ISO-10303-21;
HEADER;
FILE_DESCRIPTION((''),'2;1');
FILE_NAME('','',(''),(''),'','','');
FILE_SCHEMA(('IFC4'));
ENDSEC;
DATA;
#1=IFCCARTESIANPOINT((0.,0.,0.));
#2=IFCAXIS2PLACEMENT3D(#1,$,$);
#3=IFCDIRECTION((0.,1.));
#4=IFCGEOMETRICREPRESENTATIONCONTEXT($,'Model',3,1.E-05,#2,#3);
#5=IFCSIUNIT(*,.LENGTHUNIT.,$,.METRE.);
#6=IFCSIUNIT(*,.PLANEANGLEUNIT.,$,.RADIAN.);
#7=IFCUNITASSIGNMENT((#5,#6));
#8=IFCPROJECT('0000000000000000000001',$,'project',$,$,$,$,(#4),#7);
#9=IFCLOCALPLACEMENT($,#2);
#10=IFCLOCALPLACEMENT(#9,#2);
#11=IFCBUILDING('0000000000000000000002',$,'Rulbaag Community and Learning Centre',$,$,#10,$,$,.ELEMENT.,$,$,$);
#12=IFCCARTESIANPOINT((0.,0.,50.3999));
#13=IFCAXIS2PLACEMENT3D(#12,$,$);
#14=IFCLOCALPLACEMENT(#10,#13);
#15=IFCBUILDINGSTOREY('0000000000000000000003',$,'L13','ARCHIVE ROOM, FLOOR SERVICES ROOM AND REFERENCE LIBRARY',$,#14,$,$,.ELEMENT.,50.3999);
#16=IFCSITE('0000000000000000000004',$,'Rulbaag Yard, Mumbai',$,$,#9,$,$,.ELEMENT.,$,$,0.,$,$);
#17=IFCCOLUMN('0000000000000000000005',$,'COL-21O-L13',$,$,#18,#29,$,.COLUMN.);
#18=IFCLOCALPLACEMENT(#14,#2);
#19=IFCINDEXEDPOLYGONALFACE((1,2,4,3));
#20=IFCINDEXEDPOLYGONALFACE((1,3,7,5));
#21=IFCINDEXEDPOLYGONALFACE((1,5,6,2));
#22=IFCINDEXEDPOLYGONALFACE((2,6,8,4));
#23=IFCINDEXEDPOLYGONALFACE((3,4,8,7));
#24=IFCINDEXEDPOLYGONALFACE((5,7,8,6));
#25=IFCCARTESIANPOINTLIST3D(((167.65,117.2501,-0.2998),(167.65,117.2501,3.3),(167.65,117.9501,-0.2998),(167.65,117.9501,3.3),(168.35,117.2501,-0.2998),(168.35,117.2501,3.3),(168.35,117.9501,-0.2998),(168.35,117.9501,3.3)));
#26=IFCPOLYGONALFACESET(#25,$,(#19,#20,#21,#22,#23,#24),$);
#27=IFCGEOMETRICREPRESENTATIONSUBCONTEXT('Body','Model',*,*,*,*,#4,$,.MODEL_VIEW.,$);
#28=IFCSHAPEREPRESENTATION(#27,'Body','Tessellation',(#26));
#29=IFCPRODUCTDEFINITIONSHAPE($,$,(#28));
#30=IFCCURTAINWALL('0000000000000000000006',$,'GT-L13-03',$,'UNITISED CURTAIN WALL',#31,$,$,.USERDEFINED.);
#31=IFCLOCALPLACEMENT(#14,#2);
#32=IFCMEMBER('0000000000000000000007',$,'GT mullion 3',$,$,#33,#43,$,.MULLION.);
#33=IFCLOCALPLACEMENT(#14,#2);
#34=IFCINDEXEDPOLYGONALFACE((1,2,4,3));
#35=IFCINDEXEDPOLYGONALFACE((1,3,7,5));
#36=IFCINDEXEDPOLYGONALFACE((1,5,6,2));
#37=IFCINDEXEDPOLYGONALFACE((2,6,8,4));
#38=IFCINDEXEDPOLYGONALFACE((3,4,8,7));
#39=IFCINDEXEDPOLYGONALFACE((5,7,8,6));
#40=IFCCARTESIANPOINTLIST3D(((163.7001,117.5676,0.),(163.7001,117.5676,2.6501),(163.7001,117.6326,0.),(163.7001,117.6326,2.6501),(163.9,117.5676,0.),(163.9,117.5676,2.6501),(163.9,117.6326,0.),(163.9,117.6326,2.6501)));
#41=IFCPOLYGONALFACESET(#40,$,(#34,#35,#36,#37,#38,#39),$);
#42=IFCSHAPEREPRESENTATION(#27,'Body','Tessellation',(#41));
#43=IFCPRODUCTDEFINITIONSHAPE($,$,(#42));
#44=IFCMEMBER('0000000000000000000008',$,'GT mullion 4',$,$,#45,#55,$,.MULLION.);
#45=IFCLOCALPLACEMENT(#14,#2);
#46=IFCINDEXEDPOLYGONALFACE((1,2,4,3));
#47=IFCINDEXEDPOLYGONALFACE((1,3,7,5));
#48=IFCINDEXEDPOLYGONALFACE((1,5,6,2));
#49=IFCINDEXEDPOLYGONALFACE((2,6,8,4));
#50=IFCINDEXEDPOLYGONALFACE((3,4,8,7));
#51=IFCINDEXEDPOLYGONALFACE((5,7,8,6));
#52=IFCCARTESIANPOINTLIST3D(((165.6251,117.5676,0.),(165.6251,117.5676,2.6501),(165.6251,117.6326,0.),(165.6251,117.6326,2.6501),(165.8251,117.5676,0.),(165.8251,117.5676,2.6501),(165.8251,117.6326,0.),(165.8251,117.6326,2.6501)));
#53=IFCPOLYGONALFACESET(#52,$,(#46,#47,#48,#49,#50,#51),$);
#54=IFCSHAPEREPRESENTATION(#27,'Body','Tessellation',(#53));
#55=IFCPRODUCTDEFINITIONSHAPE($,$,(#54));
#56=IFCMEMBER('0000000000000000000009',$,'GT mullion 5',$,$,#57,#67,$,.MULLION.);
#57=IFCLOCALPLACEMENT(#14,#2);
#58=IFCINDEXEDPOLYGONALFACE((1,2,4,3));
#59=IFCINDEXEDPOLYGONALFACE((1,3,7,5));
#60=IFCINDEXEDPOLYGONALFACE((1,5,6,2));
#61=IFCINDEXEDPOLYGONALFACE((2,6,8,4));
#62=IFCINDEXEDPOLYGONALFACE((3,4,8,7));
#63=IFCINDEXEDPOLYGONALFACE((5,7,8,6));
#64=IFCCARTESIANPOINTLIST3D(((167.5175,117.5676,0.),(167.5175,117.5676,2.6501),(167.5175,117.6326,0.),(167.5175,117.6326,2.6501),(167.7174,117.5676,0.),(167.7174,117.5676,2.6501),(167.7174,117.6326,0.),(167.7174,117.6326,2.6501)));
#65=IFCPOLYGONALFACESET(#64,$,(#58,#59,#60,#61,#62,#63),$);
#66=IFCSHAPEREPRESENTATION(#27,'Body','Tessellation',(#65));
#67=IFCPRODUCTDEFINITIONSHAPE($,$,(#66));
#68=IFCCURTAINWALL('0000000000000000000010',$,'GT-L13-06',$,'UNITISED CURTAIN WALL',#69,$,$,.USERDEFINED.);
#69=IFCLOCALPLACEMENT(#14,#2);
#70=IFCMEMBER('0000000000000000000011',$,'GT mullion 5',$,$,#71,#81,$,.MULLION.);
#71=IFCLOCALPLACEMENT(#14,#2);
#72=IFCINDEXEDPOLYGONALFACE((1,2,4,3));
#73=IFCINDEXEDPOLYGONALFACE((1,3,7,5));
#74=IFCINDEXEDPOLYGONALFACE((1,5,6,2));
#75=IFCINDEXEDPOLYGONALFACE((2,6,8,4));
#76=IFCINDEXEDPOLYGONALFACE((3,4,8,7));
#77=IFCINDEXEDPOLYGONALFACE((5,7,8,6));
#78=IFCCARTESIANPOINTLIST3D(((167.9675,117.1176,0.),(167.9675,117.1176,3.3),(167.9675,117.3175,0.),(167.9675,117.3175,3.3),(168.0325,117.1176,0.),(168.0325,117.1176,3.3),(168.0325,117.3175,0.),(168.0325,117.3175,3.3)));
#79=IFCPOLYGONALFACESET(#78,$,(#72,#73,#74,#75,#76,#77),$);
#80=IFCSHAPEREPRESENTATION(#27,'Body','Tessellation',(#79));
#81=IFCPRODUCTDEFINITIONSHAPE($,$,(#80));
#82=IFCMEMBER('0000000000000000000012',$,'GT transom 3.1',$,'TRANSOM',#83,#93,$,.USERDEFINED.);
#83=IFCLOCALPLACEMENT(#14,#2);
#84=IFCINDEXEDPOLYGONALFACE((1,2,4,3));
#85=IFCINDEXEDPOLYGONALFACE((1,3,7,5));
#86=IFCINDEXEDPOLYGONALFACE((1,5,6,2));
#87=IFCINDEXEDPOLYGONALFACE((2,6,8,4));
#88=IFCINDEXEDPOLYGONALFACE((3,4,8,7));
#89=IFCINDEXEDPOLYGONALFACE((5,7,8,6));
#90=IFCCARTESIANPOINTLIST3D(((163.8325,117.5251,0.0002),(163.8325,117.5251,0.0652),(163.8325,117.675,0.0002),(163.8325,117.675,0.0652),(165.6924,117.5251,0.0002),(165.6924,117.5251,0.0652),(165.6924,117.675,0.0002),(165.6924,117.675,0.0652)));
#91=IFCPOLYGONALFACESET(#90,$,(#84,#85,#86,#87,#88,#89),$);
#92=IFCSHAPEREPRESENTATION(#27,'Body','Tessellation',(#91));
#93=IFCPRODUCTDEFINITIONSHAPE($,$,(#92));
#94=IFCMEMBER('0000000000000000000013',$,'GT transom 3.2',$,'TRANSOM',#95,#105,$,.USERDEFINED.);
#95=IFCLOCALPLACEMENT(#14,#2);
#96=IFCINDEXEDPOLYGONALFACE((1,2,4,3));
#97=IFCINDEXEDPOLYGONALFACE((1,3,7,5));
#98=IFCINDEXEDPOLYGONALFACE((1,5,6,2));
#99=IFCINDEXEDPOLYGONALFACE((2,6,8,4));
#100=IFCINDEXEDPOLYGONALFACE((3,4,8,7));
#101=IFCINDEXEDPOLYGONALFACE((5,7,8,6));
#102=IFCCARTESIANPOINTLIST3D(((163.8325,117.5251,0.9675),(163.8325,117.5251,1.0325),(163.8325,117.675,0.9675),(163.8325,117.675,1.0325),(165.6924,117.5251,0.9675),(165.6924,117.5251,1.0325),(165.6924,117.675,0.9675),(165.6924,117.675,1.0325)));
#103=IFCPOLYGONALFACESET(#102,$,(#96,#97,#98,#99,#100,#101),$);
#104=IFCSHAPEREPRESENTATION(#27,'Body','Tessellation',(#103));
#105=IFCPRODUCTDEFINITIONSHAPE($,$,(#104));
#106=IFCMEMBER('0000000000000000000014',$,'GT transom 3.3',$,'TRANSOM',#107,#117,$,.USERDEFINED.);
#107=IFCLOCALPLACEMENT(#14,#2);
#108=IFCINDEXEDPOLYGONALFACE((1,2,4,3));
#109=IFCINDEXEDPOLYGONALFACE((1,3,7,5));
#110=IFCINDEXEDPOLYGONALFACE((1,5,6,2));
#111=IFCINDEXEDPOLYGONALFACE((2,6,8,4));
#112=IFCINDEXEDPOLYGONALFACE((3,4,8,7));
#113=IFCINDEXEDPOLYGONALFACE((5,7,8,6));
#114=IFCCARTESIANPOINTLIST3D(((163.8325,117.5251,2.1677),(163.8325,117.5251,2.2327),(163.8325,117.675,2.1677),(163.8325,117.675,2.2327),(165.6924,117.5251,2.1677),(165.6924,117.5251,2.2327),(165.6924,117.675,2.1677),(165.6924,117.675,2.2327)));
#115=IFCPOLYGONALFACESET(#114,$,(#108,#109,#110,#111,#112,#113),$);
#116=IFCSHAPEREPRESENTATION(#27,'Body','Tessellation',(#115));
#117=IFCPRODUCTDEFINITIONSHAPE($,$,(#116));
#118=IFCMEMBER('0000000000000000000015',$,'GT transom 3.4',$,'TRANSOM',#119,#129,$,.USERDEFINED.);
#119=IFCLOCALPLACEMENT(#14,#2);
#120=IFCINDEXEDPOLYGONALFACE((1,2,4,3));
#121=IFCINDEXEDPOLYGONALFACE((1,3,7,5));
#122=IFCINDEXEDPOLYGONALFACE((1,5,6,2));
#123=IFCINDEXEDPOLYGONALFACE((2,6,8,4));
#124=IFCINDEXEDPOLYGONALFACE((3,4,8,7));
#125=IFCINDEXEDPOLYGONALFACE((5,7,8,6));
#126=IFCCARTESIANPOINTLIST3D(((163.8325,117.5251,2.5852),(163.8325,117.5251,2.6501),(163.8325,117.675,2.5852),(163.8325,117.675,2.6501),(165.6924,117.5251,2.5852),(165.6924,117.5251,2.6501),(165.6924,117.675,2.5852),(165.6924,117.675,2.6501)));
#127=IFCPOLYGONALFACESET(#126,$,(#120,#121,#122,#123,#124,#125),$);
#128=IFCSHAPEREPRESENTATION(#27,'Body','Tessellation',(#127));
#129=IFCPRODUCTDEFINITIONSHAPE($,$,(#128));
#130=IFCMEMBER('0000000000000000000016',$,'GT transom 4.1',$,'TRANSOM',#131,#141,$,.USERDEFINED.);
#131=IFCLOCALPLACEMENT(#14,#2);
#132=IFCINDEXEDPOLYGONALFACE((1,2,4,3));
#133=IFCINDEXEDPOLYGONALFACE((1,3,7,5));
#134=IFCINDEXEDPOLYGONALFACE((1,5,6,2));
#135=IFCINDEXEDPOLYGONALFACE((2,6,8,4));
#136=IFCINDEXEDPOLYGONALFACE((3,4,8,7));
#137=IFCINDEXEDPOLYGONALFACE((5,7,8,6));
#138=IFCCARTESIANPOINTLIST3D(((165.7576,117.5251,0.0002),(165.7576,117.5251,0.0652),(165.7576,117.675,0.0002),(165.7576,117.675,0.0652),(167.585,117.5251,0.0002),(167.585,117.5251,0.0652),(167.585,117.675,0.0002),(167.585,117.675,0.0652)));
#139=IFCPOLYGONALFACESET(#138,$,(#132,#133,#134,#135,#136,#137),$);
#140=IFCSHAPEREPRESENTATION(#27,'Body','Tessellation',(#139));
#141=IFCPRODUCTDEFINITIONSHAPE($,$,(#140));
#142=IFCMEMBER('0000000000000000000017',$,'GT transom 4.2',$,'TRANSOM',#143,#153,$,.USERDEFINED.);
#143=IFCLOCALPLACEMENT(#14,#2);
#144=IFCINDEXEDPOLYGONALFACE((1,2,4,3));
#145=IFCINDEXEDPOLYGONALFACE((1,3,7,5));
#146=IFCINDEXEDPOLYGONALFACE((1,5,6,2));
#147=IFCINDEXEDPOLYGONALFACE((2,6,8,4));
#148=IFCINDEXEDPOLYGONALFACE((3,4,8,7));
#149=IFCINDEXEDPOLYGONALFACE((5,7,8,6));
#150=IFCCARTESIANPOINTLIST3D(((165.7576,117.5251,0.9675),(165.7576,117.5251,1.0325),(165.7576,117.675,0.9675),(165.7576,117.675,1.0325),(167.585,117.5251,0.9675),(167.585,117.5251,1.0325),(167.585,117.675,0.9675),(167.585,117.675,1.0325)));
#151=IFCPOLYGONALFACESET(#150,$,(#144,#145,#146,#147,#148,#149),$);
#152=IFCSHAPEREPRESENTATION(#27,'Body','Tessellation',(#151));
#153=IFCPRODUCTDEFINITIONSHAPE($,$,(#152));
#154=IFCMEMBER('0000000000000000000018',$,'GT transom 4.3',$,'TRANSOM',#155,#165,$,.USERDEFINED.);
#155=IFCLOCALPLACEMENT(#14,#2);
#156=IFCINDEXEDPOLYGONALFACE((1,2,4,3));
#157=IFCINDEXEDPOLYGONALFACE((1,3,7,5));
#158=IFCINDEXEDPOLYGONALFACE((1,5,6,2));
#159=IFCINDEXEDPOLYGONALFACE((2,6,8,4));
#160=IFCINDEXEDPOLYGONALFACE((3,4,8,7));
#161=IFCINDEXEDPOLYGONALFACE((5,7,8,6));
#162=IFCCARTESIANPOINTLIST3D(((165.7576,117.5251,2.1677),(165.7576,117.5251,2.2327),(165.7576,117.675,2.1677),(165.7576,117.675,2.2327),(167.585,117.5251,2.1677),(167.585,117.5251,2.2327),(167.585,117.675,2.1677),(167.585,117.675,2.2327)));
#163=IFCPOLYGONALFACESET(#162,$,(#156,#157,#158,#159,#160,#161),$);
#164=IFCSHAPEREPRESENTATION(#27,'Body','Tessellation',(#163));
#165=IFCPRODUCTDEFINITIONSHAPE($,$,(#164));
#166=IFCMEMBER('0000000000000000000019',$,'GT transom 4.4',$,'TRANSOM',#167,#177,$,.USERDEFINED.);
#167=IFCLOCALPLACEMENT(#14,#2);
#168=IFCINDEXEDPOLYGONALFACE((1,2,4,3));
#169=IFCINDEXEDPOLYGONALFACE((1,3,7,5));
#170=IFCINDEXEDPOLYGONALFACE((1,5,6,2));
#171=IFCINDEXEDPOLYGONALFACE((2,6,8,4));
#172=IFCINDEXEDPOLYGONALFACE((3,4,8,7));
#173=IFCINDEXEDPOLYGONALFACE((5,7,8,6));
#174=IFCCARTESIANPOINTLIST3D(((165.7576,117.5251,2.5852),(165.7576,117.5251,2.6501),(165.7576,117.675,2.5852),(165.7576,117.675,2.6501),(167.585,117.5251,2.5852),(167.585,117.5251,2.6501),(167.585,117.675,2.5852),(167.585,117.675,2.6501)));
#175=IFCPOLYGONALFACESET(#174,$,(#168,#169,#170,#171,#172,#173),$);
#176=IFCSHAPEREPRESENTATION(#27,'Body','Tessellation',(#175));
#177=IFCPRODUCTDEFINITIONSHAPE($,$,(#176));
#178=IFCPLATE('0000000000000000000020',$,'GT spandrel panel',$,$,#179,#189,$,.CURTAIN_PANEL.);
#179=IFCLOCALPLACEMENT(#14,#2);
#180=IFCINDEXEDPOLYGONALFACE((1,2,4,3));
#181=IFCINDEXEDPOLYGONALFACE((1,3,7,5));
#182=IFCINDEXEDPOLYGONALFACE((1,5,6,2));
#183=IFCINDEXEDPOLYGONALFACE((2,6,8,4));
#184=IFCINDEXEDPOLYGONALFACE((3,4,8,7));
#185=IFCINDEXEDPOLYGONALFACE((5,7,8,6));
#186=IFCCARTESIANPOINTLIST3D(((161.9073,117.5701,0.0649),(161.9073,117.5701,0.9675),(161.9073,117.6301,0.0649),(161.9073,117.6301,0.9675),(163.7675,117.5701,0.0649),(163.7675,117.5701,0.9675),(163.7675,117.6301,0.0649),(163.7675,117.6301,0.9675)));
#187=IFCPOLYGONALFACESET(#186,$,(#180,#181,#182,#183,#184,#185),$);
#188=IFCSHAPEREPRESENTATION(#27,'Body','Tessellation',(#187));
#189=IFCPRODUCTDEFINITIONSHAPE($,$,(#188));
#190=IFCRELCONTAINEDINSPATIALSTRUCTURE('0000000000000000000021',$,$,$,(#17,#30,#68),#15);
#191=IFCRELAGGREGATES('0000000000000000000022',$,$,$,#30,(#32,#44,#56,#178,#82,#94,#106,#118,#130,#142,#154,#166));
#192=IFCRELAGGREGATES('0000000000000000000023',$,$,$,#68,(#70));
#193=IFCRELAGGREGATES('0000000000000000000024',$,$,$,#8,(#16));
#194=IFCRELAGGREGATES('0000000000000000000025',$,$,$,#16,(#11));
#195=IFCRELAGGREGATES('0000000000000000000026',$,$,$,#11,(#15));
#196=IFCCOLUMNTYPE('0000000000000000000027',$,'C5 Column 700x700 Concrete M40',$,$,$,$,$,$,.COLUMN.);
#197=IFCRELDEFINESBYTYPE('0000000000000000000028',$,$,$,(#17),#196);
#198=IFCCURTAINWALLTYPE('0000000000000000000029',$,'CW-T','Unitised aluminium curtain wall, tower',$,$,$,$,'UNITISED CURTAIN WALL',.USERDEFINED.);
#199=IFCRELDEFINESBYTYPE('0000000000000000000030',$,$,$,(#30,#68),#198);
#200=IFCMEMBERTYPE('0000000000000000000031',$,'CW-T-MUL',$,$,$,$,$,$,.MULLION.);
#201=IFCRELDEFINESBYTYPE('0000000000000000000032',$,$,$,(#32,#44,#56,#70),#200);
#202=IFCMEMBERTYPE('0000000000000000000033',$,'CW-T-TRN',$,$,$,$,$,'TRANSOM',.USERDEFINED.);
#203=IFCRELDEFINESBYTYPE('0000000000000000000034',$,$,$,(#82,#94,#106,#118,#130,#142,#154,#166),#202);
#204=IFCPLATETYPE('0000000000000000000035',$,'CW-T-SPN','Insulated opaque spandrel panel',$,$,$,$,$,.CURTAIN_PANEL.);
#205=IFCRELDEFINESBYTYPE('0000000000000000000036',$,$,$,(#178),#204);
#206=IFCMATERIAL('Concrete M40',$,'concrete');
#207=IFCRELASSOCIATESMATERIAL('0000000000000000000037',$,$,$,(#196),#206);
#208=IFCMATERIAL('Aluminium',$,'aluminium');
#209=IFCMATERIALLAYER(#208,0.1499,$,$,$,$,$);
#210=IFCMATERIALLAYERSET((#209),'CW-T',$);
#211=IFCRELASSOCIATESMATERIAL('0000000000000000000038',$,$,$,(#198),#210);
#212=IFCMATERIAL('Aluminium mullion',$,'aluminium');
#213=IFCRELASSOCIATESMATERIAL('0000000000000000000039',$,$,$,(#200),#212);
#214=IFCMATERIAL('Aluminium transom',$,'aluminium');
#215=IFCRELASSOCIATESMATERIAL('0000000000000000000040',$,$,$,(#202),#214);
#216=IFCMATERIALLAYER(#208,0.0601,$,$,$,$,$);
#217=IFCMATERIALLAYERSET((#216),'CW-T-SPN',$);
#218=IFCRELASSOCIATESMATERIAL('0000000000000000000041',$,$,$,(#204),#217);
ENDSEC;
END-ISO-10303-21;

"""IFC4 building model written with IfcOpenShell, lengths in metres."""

from ifc_helpers import new_model, si_unit, direction, frame, origin, origin_2d, place, context, subcontext, project, spatial, rectangle, extrude, material, layer, layer_set, material_profile, profile_set, type_object, element, aggregate, save


model = new_model("IFC4")

# Units and contexts
model_context = context("Model", 3, precision=1e-05, world=origin(), true_north=direction((0.0, 1.0)))
body_context = subcontext(model_context, "Body", "Model", "MODEL_VIEW")
ifc_project = project(units=[si_unit("LENGTHUNIT", "METRE"), si_unit("PLANEANGLEUNIT", "RADIAN")], contexts=[model_context])

# Site, building, storey
site_placement = place(None, origin())
site = spatial("IfcSite", under=ifc_project, at=site_placement, Name="Rulbaag Yard, Mumbai", CompositionType="ELEMENT", RefElevation=0.0)
building_placement = place(site_placement, origin())
building = spatial("IfcBuilding", under=site, at=building_placement, Name="Rulbaag Community and Learning Centre", CompositionType="ELEMENT")
storey_placement = place(building_placement, frame((0.0, 0.0, 50.3999)))
storey = spatial("IfcBuildingStorey", under=building, at=storey_placement, Name="L13", Description="ARCHIVE ROOM, FLOOR SERVICES ROOM AND REFERENCE LIBRARY", CompositionType="ELEMENT", Elevation=50.3999)

# Column
ifc_material_1 = material(Name="Concrete M40", Category="concrete")
ifc_material_profile_1 = material_profile(ifc_material_1, rectangle(XDim=0.7, YDim=0.7, at=origin_2d()), Name="RC700x700")
ifc_profile_set_1 = profile_set([ifc_material_profile_1], Name="Concrete M40")
column_type = type_object("IfcColumnType", Name="C5 Column 700x700 Concrete M40", PredefinedType="COLUMN", material=ifc_profile_set_1)
column_placement = place(storey_placement, frame((168.0, 117.6001, -0.2998), z_axis=(0.0, 0.0, 1.0), x_axis=(1.0, 0.0, 0.0)))
element("IfcColumn", 1, at=column_placement, inside=storey, type_object=column_type, Name="COL-21O-L13", PredefinedType="COLUMN", context=body_context, shape_type="SweptSolid", body=[
    extrude(rectangle(XDim=0.7, YDim=0.7, at=origin_2d()), origin(), (0.0, 0.0, 1.0), 3.5999),
])

# Curtain wall, members
ifc_material_2 = material(Name="Aluminium", Category="aluminium")
ifc_layer_1 = layer(ifc_material_2, 0.1499)
ifc_layer_set_1 = layer_set([ifc_layer_1], Name="CW-T")
curtain_wall_type = type_object("IfcCurtainWallType", Name="CW-T", Description="Unitised aluminium curtain wall, tower", ElementType="UNITISED CURTAIN WALL", PredefinedType="USERDEFINED", material=ifc_layer_set_1)
curtain_wall_1_placement = place(storey_placement, origin())
curtain_wall_1 = element("IfcCurtainWall", 2, at=curtain_wall_1_placement, inside=storey, type_object=curtain_wall_type, Name="GT-L13-03", ObjectType="UNITISED CURTAIN WALL", PredefinedType="USERDEFINED")
ifc_material_3 = material(Name="Aluminium mullion", Category="aluminium")
ifc_material_profile_2 = material_profile(ifc_material_3, rectangle(XDim=0.0649, YDim=0.2, at=origin_2d()), Name="AL 65x200")
ifc_profile_set_2 = profile_set([ifc_material_profile_2], Name="Aluminium mullion")
member_type_1 = type_object("IfcMemberType", Name="CW-T-MUL", PredefinedType="MULLION", material=ifc_profile_set_2)
member_1_placement = place(storey_placement, frame((163.8, 117.6001, 0.0), z_axis=(0.0, 0.0, 1.0), x_axis=(0.0, 1.0, 0.0)))
member_1 = element("IfcMember", 3, at=member_1_placement, type_object=member_type_1, Name="GT mullion 3", PredefinedType="MULLION", context=body_context, shape_type="SweptSolid", body=[
    extrude(rectangle(XDim=0.0649, YDim=0.2, at=origin_2d()), origin(), (0.0, 0.0, 1.0), 2.6501),
])
member_2_placement = place(storey_placement, frame((165.7251, 117.6001, 0.0), z_axis=(0.0, 0.0, 1.0), x_axis=(0.0, 1.0, 0.0)))
member_2 = element("IfcMember", 4, at=member_2_placement, type_object=member_type_1, Name="GT mullion 4", PredefinedType="MULLION", context=body_context, shape_type="SweptSolid", body=[
    extrude(rectangle(XDim=0.0649, YDim=0.2, at=origin_2d()), origin(), (0.0, 0.0, 1.0), 2.6501),
])
member_3_placement = place(storey_placement, frame((167.6174, 117.6001, 0.0), z_axis=(0.0, 0.0, 1.0), x_axis=(0.0, 1.0, 0.0)))
member_3 = element("IfcMember", 5, at=member_3_placement, type_object=member_type_1, Name="GT mullion 5", PredefinedType="MULLION", context=body_context, shape_type="SweptSolid", body=[
    extrude(rectangle(XDim=0.0649, YDim=0.2, at=origin_2d()), origin(), (0.0, 0.0, 1.0), 2.6501),
])

# Curtain wall, member
curtain_wall_2_placement = place(storey_placement, origin())
curtain_wall_2 = element("IfcCurtainWall", 6, at=curtain_wall_2_placement, inside=storey, type_object=curtain_wall_type, Name="GT-L13-06", ObjectType="UNITISED CURTAIN WALL", PredefinedType="USERDEFINED")
member_4_placement = place(storey_placement, frame((168.0, 117.2175, 0.0), z_axis=(0.0, 0.0, 1.0), x_axis=(-1.0, 0.0, 0.0)))
member_4 = element("IfcMember", 7, at=member_4_placement, type_object=member_type_1, Name="GT mullion 5", PredefinedType="MULLION", context=body_context, shape_type="SweptSolid", body=[
    extrude(rectangle(XDim=0.0649, YDim=0.2, at=origin_2d()), origin(), (0.0, 0.0, 1.0), 3.3),
])

# Members
ifc_material_4 = material(Name="Aluminium transom", Category="aluminium")
ifc_material_profile_3 = material_profile(ifc_material_4, rectangle(XDim=0.1499, YDim=0.0649, at=origin_2d()), Name="AL 65x150 T")
ifc_profile_set_3 = profile_set([ifc_material_profile_3], Name="Aluminium transom")
member_type_2 = type_object("IfcMemberType", Name="CW-T-TRN", ElementType="TRANSOM", PredefinedType="USERDEFINED", material=ifc_profile_set_3)
member_5_placement = place(storey_placement, frame((163.8325, 117.6001, 0.0327), z_axis=(1.0, 0.0, 0.0), x_axis=(0.0, 1.0, 0.0)))
member_5 = element("IfcMember", 8, at=member_5_placement, type_object=member_type_2, Name="GT transom 3.1", ObjectType="TRANSOM", PredefinedType="USERDEFINED", context=body_context, shape_type="SweptSolid", body=[
    extrude(rectangle(XDim=0.1499, YDim=0.0649, at=origin_2d()), origin(), (0.0, 0.0, 1.0), 1.8599),
])
member_6_placement = place(storey_placement, frame((163.8325, 117.6001, 1.0), z_axis=(1.0, 0.0, 0.0), x_axis=(0.0, 1.0, 0.0)))
member_6 = element("IfcMember", 9, at=member_6_placement, type_object=member_type_2, Name="GT transom 3.2", ObjectType="TRANSOM", PredefinedType="USERDEFINED", context=body_context, shape_type="SweptSolid", body=[
    extrude(rectangle(XDim=0.1499, YDim=0.0649, at=origin_2d()), origin(), (0.0, 0.0, 1.0), 1.8599),
])
member_7_placement = place(storey_placement, frame((163.8325, 117.6001, 2.2002), z_axis=(1.0, 0.0, 0.0), x_axis=(0.0, 1.0, 0.0)))
member_7 = element("IfcMember", 10, at=member_7_placement, type_object=member_type_2, Name="GT transom 3.3", ObjectType="TRANSOM", PredefinedType="USERDEFINED", context=body_context, shape_type="SweptSolid", body=[
    extrude(rectangle(XDim=0.1499, YDim=0.0649, at=origin_2d()), origin(), (0.0, 0.0, 1.0), 1.8599),
])
member_8_placement = place(storey_placement, frame((163.8325, 117.6001, 2.6177), z_axis=(1.0, 0.0, 0.0), x_axis=(0.0, 1.0, 0.0)))
member_8 = element("IfcMember", 11, at=member_8_placement, type_object=member_type_2, Name="GT transom 3.4", ObjectType="TRANSOM", PredefinedType="USERDEFINED", context=body_context, shape_type="SweptSolid", body=[
    extrude(rectangle(XDim=0.1499, YDim=0.0649, at=origin_2d()), origin(), (0.0, 0.0, 1.0), 1.8599),
])
member_9_placement = place(storey_placement, frame((165.7576, 117.6001, 0.0327), z_axis=(1.0, 0.0, 0.0), x_axis=(0.0, 1.0, 0.0)))
member_9 = element("IfcMember", 12, at=member_9_placement, type_object=member_type_2, Name="GT transom 4.1", ObjectType="TRANSOM", PredefinedType="USERDEFINED", context=body_context, shape_type="SweptSolid", body=[
    extrude(rectangle(XDim=0.1499, YDim=0.0649, at=origin_2d()), origin(), (0.0, 0.0, 1.0), 1.8274),
])
member_10_placement = place(storey_placement, frame((165.7576, 117.6001, 1.0), z_axis=(1.0, 0.0, 0.0), x_axis=(0.0, 1.0, 0.0)))
member_10 = element("IfcMember", 13, at=member_10_placement, type_object=member_type_2, Name="GT transom 4.2", ObjectType="TRANSOM", PredefinedType="USERDEFINED", context=body_context, shape_type="SweptSolid", body=[
    extrude(rectangle(XDim=0.1499, YDim=0.0649, at=origin_2d()), origin(), (0.0, 0.0, 1.0), 1.8274),
])
member_11_placement = place(storey_placement, frame((165.7576, 117.6001, 2.2002), z_axis=(1.0, 0.0, 0.0), x_axis=(0.0, 1.0, 0.0)))
member_11 = element("IfcMember", 14, at=member_11_placement, type_object=member_type_2, Name="GT transom 4.3", ObjectType="TRANSOM", PredefinedType="USERDEFINED", context=body_context, shape_type="SweptSolid", body=[
    extrude(rectangle(XDim=0.1499, YDim=0.0649, at=origin_2d()), origin(), (0.0, 0.0, 1.0), 1.8274),
])
member_12_placement = place(storey_placement, frame((165.7576, 117.6001, 2.6177), z_axis=(1.0, 0.0, 0.0), x_axis=(0.0, 1.0, 0.0)))
member_12 = element("IfcMember", 15, at=member_12_placement, type_object=member_type_2, Name="GT transom 4.4", ObjectType="TRANSOM", PredefinedType="USERDEFINED", context=body_context, shape_type="SweptSolid", body=[
    extrude(rectangle(XDim=0.1499, YDim=0.0649, at=origin_2d()), origin(), (0.0, 0.0, 1.0), 1.8274),
])

# Plate
ifc_layer_2 = layer(ifc_material_2, 0.0601)
ifc_layer_set_2 = layer_set([ifc_layer_2], Name="CW-T-SPN")
plate_type_1 = type_object("IfcPlateType", Name="CW-T-SPN", Description="Insulated opaque spandrel panel", PredefinedType="CURTAIN_PANEL", material=ifc_layer_set_2)
plate_1_placement = place(storey_placement, frame((162.8374, 117.6001, 0.0649), z_axis=(0.0, 0.0, 1.0), x_axis=(1.0, 0.0, 0.0)))
plate_1 = element("IfcPlate", 16, at=plate_1_placement, type_object=plate_type_1, Name="GT spandrel panel", PredefinedType="CURTAIN_PANEL", context=body_context, shape_type="SweptSolid", body=[
    extrude(rectangle(XDim=1.8601, YDim=0.0601, at=origin_2d()), origin(), (0.0, 0.0, 1.0), 0.9026),
])
aggregate(curtain_wall_1, [member_1, member_2, member_3, plate_1, member_5, member_6, member_7, member_8, member_9, member_10, member_11, member_12])
aggregate(curtain_wall_2, [member_4])

save(model, "model.ifc")
